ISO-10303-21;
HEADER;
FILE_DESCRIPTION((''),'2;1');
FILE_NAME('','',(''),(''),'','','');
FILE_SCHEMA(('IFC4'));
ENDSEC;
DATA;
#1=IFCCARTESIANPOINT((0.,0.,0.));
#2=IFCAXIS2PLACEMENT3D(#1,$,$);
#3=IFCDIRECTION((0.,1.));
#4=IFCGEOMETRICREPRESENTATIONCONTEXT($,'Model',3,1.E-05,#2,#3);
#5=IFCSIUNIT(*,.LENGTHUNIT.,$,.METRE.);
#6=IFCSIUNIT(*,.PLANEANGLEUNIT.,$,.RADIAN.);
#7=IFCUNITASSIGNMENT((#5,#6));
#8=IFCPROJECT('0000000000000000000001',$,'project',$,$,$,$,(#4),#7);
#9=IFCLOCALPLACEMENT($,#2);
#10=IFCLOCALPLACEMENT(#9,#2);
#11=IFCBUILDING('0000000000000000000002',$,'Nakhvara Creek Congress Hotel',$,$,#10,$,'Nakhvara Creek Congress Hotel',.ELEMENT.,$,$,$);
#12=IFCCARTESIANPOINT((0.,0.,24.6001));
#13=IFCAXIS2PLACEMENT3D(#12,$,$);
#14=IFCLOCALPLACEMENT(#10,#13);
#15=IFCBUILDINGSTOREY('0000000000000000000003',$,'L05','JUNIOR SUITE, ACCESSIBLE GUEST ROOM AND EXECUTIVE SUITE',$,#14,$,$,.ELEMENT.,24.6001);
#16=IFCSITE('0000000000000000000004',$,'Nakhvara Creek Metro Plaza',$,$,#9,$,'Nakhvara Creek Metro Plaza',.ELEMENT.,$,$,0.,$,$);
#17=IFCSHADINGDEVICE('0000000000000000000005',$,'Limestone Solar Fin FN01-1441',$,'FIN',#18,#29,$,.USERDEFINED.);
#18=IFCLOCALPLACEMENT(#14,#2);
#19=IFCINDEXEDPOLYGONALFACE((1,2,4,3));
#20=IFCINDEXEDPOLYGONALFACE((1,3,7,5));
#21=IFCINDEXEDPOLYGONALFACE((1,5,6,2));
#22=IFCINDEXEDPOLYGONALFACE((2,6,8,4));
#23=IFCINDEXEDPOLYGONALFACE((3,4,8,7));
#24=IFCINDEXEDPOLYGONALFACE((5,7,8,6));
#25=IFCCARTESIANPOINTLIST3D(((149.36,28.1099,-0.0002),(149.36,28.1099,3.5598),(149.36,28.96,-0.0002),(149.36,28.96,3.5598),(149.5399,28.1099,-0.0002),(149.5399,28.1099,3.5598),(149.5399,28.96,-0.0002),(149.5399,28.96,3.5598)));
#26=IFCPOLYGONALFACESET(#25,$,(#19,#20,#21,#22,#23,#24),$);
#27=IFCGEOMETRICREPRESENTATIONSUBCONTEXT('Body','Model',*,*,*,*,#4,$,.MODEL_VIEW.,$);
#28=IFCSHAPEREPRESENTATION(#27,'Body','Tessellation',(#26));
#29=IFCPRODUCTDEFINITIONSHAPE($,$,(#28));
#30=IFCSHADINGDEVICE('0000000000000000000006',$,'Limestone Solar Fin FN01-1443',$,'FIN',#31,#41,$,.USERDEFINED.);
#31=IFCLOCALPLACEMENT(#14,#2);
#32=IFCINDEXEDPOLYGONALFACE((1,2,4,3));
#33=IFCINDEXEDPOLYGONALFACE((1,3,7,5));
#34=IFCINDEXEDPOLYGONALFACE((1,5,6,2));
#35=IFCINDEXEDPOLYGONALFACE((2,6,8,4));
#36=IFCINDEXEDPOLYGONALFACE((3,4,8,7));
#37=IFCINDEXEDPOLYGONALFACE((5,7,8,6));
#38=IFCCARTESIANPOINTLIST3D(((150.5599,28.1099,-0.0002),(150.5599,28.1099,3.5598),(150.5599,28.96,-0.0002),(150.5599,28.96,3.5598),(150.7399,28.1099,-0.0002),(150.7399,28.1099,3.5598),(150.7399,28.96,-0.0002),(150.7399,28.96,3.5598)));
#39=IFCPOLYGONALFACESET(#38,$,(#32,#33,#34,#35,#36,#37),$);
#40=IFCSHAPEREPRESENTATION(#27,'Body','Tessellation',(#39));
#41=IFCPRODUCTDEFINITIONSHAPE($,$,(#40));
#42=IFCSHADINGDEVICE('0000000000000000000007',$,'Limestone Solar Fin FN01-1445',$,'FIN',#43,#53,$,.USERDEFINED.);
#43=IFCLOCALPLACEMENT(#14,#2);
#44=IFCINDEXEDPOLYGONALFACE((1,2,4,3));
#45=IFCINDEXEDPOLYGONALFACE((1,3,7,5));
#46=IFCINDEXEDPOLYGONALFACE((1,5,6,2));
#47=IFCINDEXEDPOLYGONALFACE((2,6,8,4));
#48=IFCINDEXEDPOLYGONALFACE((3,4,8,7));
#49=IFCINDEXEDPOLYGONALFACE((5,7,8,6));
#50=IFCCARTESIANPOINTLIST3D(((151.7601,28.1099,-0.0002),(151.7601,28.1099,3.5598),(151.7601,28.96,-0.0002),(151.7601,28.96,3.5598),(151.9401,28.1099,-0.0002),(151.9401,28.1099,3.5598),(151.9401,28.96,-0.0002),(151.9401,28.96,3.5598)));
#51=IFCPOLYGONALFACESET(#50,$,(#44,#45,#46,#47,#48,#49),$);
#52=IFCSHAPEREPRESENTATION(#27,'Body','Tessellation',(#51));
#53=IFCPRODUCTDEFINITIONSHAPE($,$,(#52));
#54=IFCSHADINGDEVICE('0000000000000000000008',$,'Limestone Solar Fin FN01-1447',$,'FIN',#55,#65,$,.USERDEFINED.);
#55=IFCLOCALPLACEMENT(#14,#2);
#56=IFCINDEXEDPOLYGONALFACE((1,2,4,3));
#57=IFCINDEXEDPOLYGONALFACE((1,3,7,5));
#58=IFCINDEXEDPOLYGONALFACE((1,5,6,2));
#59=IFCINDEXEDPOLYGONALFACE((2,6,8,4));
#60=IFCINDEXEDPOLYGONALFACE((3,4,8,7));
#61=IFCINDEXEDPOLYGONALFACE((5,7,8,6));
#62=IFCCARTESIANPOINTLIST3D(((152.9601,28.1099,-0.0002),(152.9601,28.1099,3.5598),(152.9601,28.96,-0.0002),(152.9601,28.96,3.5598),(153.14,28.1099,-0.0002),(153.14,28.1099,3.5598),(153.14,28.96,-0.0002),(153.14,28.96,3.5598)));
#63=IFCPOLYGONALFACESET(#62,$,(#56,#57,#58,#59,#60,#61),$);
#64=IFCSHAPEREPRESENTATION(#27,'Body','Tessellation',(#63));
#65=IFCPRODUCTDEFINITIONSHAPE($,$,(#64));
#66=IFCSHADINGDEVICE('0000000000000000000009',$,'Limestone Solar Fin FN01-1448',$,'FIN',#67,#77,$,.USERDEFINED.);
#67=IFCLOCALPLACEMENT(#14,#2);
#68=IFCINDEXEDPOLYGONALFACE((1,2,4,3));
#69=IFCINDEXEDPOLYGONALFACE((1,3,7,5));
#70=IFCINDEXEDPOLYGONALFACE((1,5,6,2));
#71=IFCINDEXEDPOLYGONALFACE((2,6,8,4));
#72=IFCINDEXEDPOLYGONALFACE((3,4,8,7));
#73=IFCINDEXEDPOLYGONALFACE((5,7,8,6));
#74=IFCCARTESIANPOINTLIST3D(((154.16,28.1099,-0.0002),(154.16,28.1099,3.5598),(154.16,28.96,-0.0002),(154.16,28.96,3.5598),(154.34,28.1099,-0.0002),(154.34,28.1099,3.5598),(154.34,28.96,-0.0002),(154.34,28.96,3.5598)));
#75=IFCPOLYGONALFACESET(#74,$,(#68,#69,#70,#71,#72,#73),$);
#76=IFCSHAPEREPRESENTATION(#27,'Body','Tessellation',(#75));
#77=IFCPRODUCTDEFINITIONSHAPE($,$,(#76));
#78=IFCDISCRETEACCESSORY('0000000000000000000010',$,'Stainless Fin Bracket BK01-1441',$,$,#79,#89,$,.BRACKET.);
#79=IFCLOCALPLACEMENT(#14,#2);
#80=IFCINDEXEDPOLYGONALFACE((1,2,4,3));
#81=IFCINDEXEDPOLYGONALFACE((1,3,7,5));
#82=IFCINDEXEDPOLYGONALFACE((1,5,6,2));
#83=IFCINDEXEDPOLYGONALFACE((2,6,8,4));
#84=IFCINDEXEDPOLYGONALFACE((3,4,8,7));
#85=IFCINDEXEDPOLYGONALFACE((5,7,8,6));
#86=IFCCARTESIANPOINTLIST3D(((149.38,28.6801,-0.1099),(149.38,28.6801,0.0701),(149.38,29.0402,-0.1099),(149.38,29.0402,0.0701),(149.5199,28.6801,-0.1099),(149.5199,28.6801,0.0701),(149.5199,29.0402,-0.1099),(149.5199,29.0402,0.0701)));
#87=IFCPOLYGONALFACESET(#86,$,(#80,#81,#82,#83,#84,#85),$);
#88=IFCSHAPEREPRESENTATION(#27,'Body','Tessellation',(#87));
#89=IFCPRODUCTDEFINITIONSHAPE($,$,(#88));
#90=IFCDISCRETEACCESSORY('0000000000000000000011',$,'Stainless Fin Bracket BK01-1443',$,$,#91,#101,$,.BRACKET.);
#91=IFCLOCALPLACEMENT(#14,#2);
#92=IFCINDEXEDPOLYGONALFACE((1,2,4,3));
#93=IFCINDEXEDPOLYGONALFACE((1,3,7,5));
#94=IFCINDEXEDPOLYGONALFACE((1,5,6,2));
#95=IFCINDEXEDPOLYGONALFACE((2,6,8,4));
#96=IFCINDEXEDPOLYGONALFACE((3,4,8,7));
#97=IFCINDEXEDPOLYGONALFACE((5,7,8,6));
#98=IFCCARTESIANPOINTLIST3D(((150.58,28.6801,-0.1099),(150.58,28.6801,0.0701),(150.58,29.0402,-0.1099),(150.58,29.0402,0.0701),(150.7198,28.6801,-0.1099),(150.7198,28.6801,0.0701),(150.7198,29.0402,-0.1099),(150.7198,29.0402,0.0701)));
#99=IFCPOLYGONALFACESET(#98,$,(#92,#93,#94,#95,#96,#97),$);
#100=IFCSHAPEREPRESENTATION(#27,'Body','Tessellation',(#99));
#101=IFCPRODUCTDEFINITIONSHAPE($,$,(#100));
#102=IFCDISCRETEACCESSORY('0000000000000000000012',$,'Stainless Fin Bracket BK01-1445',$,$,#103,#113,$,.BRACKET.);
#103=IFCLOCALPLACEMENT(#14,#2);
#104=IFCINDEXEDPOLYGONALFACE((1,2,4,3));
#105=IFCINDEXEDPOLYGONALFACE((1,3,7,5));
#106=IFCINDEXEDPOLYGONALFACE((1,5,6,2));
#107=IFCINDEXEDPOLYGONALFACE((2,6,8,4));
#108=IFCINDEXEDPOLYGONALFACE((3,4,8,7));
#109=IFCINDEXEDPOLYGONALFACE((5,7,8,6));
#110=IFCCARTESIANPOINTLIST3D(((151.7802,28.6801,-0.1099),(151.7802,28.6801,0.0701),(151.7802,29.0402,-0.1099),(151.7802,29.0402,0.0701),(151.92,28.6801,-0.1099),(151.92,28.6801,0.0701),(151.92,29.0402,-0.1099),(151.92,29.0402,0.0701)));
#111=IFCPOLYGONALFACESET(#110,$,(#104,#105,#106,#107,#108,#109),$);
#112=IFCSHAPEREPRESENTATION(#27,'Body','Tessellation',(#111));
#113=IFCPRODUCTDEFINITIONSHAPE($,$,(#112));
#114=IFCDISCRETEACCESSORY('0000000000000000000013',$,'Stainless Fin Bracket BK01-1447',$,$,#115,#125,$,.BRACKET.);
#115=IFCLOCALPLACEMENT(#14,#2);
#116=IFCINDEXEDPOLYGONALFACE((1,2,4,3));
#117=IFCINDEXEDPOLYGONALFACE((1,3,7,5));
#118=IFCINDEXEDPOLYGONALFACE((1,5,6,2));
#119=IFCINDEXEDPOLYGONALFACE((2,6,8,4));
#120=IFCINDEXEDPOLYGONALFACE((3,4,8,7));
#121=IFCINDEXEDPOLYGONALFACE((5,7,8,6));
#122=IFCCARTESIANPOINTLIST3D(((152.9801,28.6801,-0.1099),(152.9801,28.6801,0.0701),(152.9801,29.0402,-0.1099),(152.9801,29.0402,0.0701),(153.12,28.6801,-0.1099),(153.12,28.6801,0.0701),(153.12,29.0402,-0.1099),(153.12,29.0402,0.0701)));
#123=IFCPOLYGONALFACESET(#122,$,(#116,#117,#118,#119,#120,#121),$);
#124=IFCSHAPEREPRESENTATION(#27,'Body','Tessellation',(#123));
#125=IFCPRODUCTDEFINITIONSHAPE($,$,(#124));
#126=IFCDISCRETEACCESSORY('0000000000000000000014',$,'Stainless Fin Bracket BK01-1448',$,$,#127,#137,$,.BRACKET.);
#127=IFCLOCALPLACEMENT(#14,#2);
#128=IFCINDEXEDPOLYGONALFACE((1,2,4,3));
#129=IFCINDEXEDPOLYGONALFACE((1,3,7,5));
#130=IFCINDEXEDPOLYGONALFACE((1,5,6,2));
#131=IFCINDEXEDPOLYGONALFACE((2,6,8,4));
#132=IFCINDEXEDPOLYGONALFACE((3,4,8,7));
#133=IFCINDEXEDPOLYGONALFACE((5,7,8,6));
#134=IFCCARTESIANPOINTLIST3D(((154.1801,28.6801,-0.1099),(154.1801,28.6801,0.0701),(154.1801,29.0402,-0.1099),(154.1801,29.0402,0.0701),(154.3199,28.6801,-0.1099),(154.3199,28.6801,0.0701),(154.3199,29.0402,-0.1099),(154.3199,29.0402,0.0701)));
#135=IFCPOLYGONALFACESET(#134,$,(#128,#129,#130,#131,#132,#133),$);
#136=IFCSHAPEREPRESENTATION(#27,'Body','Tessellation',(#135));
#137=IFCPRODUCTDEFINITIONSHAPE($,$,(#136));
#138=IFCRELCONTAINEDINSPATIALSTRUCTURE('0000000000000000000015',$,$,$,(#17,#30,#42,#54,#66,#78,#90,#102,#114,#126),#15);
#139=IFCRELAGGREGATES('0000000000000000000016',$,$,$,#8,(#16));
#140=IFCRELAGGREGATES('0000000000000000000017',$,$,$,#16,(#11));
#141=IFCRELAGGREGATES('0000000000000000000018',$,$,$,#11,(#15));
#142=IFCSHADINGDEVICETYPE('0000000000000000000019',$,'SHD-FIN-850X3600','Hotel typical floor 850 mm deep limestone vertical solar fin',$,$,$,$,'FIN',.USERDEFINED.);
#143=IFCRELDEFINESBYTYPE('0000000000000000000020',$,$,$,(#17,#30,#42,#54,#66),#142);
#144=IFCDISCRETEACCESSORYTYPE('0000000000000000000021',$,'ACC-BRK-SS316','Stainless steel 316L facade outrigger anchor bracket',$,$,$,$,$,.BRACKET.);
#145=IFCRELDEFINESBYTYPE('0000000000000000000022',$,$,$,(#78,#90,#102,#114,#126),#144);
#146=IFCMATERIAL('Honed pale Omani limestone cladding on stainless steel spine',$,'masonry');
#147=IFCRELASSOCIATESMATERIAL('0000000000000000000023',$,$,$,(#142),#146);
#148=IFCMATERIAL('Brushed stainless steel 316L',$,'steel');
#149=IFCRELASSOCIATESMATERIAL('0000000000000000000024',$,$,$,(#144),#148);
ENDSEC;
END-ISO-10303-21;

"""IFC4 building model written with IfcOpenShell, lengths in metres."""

from ifc_helpers import new_model, si_unit, direction, frame, origin, origin_2d, place, context, subcontext, project, spatial, rectangle, extrude, material, type_object, element, save


model = new_model("IFC4")

# Units and contexts
model_context = context("Model", 3, precision=1e-05, world=origin(), true_north=direction((0.0, 1.0)))
body_context = subcontext(model_context, "Body", "Model", "MODEL_VIEW")
ifc_project = project(units=[si_unit("LENGTHUNIT", "METRE"), si_unit("PLANEANGLEUNIT", "RADIAN")], contexts=[model_context])

# Site, building, storey
site_placement = place(None, origin())
site = spatial("IfcSite", under=ifc_project, at=site_placement, Name="Nakhvara Creek Metro Plaza", LongName="Nakhvara Creek Metro Plaza", CompositionType="ELEMENT", RefElevation=0.0)
building_placement = place(site_placement, origin())
building = spatial("IfcBuilding", under=site, at=building_placement, Name="Nakhvara Creek Congress Hotel", LongName="Nakhvara Creek Congress Hotel", CompositionType="ELEMENT")
storey_placement = place(building_placement, frame((0.0, 0.0, 24.6001)))
storey = spatial("IfcBuildingStorey", under=building, at=storey_placement, Name="L05", Description="JUNIOR SUITE, ACCESSIBLE GUEST ROOM AND EXECUTIVE SUITE", CompositionType="ELEMENT", Elevation=24.6001)

# Shading devices
ifc_material_1 = material(Name="Honed pale Omani limestone cladding on stainless steel spine", Category="masonry")
shading_device_type = type_object("IfcShadingDeviceType", Name="SHD-FIN-850X3600", Description="Hotel typical floor 850 mm deep limestone vertical solar fin", ElementType="FIN", PredefinedType="USERDEFINED", material=ifc_material_1)
for number, where, z_axis, x_axis, name in (
    (1, (149.45, 28.5349, -0.0002), (0.0, 0.0, 1.0), (1.0, 0.0, 0.0), "Limestone Solar Fin FN01-1441"),
    (2, (150.6499, 28.5349, -0.0002), (0.0, 0.0, 1.0), (1.0, 0.0, 0.0), "Limestone Solar Fin FN01-1443"),
    (3, (151.8501, 28.5349, -0.0002), (0.0, 0.0, 1.0), (1.0, 0.0, 0.0), "Limestone Solar Fin FN01-1445"),
    (4, (153.05, 28.5349, -0.0002), (0.0, 0.0, 1.0), (1.0, 0.0, 0.0), "Limestone Solar Fin FN01-1447"),
    (5, (154.25, 28.5349, -0.0002), (0.0, 0.0, 1.0), (1.0, 0.0, 0.0), "Limestone Solar Fin FN01-1448"),
):
    element("IfcShadingDevice", number, at=place(storey_placement, frame(where, z_axis=z_axis, x_axis=x_axis)), inside=storey, type_object=shading_device_type, Name=name, ObjectType="FIN", PredefinedType="USERDEFINED", context=body_context, shape_type="SweptSolid", body=[
        extrude(rectangle(XDim=0.1799, YDim=0.8501, at=origin_2d()), origin(), (0.0, 0.0, 1.0), 3.5601),
    ])

# Discrete accessories
ifc_material_2 = material(Name="Brushed stainless steel 316L", Category="steel")
discrete_accessory_type = type_object("IfcDiscreteAccessoryType", Name="ACC-BRK-SS316", Description="Stainless steel 316L facade outrigger anchor bracket", PredefinedType="BRACKET", material=ifc_material_2)
for number, where, z_axis, x_axis, name in (
    (6, (149.45, 28.8601, -0.1099), (0.0, 0.0, 1.0), (1.0, 0.0, 0.0), "Stainless Fin Bracket BK01-1441"),
    (7, (150.6499, 28.8601, -0.1099), (0.0, 0.0, 1.0), (1.0, 0.0, 0.0), "Stainless Fin Bracket BK01-1443"),
    (8, (151.8501, 28.8601, -0.1099), (0.0, 0.0, 1.0), (1.0, 0.0, 0.0), "Stainless Fin Bracket BK01-1445"),
    (9, (153.05, 28.8601, -0.1099), (0.0, 0.0, 1.0), (1.0, 0.0, 0.0), "Stainless Fin Bracket BK01-1447"),
    (10, (154.25, 28.8601, -0.1099), (0.0, 0.0, 1.0), (1.0, 0.0, 0.0), "Stainless Fin Bracket BK01-1448"),
):
    element("IfcDiscreteAccessory", number, at=place(storey_placement, frame(where, z_axis=z_axis, x_axis=x_axis)), inside=storey, type_object=discrete_accessory_type, Name=name, PredefinedType="BRACKET", context=body_context, shape_type="SweptSolid", body=[
        extrude(rectangle(XDim=0.1399, YDim=0.3601, at=origin_2d()), origin(), (0.0, 0.0, 1.0), 0.1799),
    ])

save(model, "model.ifc")
